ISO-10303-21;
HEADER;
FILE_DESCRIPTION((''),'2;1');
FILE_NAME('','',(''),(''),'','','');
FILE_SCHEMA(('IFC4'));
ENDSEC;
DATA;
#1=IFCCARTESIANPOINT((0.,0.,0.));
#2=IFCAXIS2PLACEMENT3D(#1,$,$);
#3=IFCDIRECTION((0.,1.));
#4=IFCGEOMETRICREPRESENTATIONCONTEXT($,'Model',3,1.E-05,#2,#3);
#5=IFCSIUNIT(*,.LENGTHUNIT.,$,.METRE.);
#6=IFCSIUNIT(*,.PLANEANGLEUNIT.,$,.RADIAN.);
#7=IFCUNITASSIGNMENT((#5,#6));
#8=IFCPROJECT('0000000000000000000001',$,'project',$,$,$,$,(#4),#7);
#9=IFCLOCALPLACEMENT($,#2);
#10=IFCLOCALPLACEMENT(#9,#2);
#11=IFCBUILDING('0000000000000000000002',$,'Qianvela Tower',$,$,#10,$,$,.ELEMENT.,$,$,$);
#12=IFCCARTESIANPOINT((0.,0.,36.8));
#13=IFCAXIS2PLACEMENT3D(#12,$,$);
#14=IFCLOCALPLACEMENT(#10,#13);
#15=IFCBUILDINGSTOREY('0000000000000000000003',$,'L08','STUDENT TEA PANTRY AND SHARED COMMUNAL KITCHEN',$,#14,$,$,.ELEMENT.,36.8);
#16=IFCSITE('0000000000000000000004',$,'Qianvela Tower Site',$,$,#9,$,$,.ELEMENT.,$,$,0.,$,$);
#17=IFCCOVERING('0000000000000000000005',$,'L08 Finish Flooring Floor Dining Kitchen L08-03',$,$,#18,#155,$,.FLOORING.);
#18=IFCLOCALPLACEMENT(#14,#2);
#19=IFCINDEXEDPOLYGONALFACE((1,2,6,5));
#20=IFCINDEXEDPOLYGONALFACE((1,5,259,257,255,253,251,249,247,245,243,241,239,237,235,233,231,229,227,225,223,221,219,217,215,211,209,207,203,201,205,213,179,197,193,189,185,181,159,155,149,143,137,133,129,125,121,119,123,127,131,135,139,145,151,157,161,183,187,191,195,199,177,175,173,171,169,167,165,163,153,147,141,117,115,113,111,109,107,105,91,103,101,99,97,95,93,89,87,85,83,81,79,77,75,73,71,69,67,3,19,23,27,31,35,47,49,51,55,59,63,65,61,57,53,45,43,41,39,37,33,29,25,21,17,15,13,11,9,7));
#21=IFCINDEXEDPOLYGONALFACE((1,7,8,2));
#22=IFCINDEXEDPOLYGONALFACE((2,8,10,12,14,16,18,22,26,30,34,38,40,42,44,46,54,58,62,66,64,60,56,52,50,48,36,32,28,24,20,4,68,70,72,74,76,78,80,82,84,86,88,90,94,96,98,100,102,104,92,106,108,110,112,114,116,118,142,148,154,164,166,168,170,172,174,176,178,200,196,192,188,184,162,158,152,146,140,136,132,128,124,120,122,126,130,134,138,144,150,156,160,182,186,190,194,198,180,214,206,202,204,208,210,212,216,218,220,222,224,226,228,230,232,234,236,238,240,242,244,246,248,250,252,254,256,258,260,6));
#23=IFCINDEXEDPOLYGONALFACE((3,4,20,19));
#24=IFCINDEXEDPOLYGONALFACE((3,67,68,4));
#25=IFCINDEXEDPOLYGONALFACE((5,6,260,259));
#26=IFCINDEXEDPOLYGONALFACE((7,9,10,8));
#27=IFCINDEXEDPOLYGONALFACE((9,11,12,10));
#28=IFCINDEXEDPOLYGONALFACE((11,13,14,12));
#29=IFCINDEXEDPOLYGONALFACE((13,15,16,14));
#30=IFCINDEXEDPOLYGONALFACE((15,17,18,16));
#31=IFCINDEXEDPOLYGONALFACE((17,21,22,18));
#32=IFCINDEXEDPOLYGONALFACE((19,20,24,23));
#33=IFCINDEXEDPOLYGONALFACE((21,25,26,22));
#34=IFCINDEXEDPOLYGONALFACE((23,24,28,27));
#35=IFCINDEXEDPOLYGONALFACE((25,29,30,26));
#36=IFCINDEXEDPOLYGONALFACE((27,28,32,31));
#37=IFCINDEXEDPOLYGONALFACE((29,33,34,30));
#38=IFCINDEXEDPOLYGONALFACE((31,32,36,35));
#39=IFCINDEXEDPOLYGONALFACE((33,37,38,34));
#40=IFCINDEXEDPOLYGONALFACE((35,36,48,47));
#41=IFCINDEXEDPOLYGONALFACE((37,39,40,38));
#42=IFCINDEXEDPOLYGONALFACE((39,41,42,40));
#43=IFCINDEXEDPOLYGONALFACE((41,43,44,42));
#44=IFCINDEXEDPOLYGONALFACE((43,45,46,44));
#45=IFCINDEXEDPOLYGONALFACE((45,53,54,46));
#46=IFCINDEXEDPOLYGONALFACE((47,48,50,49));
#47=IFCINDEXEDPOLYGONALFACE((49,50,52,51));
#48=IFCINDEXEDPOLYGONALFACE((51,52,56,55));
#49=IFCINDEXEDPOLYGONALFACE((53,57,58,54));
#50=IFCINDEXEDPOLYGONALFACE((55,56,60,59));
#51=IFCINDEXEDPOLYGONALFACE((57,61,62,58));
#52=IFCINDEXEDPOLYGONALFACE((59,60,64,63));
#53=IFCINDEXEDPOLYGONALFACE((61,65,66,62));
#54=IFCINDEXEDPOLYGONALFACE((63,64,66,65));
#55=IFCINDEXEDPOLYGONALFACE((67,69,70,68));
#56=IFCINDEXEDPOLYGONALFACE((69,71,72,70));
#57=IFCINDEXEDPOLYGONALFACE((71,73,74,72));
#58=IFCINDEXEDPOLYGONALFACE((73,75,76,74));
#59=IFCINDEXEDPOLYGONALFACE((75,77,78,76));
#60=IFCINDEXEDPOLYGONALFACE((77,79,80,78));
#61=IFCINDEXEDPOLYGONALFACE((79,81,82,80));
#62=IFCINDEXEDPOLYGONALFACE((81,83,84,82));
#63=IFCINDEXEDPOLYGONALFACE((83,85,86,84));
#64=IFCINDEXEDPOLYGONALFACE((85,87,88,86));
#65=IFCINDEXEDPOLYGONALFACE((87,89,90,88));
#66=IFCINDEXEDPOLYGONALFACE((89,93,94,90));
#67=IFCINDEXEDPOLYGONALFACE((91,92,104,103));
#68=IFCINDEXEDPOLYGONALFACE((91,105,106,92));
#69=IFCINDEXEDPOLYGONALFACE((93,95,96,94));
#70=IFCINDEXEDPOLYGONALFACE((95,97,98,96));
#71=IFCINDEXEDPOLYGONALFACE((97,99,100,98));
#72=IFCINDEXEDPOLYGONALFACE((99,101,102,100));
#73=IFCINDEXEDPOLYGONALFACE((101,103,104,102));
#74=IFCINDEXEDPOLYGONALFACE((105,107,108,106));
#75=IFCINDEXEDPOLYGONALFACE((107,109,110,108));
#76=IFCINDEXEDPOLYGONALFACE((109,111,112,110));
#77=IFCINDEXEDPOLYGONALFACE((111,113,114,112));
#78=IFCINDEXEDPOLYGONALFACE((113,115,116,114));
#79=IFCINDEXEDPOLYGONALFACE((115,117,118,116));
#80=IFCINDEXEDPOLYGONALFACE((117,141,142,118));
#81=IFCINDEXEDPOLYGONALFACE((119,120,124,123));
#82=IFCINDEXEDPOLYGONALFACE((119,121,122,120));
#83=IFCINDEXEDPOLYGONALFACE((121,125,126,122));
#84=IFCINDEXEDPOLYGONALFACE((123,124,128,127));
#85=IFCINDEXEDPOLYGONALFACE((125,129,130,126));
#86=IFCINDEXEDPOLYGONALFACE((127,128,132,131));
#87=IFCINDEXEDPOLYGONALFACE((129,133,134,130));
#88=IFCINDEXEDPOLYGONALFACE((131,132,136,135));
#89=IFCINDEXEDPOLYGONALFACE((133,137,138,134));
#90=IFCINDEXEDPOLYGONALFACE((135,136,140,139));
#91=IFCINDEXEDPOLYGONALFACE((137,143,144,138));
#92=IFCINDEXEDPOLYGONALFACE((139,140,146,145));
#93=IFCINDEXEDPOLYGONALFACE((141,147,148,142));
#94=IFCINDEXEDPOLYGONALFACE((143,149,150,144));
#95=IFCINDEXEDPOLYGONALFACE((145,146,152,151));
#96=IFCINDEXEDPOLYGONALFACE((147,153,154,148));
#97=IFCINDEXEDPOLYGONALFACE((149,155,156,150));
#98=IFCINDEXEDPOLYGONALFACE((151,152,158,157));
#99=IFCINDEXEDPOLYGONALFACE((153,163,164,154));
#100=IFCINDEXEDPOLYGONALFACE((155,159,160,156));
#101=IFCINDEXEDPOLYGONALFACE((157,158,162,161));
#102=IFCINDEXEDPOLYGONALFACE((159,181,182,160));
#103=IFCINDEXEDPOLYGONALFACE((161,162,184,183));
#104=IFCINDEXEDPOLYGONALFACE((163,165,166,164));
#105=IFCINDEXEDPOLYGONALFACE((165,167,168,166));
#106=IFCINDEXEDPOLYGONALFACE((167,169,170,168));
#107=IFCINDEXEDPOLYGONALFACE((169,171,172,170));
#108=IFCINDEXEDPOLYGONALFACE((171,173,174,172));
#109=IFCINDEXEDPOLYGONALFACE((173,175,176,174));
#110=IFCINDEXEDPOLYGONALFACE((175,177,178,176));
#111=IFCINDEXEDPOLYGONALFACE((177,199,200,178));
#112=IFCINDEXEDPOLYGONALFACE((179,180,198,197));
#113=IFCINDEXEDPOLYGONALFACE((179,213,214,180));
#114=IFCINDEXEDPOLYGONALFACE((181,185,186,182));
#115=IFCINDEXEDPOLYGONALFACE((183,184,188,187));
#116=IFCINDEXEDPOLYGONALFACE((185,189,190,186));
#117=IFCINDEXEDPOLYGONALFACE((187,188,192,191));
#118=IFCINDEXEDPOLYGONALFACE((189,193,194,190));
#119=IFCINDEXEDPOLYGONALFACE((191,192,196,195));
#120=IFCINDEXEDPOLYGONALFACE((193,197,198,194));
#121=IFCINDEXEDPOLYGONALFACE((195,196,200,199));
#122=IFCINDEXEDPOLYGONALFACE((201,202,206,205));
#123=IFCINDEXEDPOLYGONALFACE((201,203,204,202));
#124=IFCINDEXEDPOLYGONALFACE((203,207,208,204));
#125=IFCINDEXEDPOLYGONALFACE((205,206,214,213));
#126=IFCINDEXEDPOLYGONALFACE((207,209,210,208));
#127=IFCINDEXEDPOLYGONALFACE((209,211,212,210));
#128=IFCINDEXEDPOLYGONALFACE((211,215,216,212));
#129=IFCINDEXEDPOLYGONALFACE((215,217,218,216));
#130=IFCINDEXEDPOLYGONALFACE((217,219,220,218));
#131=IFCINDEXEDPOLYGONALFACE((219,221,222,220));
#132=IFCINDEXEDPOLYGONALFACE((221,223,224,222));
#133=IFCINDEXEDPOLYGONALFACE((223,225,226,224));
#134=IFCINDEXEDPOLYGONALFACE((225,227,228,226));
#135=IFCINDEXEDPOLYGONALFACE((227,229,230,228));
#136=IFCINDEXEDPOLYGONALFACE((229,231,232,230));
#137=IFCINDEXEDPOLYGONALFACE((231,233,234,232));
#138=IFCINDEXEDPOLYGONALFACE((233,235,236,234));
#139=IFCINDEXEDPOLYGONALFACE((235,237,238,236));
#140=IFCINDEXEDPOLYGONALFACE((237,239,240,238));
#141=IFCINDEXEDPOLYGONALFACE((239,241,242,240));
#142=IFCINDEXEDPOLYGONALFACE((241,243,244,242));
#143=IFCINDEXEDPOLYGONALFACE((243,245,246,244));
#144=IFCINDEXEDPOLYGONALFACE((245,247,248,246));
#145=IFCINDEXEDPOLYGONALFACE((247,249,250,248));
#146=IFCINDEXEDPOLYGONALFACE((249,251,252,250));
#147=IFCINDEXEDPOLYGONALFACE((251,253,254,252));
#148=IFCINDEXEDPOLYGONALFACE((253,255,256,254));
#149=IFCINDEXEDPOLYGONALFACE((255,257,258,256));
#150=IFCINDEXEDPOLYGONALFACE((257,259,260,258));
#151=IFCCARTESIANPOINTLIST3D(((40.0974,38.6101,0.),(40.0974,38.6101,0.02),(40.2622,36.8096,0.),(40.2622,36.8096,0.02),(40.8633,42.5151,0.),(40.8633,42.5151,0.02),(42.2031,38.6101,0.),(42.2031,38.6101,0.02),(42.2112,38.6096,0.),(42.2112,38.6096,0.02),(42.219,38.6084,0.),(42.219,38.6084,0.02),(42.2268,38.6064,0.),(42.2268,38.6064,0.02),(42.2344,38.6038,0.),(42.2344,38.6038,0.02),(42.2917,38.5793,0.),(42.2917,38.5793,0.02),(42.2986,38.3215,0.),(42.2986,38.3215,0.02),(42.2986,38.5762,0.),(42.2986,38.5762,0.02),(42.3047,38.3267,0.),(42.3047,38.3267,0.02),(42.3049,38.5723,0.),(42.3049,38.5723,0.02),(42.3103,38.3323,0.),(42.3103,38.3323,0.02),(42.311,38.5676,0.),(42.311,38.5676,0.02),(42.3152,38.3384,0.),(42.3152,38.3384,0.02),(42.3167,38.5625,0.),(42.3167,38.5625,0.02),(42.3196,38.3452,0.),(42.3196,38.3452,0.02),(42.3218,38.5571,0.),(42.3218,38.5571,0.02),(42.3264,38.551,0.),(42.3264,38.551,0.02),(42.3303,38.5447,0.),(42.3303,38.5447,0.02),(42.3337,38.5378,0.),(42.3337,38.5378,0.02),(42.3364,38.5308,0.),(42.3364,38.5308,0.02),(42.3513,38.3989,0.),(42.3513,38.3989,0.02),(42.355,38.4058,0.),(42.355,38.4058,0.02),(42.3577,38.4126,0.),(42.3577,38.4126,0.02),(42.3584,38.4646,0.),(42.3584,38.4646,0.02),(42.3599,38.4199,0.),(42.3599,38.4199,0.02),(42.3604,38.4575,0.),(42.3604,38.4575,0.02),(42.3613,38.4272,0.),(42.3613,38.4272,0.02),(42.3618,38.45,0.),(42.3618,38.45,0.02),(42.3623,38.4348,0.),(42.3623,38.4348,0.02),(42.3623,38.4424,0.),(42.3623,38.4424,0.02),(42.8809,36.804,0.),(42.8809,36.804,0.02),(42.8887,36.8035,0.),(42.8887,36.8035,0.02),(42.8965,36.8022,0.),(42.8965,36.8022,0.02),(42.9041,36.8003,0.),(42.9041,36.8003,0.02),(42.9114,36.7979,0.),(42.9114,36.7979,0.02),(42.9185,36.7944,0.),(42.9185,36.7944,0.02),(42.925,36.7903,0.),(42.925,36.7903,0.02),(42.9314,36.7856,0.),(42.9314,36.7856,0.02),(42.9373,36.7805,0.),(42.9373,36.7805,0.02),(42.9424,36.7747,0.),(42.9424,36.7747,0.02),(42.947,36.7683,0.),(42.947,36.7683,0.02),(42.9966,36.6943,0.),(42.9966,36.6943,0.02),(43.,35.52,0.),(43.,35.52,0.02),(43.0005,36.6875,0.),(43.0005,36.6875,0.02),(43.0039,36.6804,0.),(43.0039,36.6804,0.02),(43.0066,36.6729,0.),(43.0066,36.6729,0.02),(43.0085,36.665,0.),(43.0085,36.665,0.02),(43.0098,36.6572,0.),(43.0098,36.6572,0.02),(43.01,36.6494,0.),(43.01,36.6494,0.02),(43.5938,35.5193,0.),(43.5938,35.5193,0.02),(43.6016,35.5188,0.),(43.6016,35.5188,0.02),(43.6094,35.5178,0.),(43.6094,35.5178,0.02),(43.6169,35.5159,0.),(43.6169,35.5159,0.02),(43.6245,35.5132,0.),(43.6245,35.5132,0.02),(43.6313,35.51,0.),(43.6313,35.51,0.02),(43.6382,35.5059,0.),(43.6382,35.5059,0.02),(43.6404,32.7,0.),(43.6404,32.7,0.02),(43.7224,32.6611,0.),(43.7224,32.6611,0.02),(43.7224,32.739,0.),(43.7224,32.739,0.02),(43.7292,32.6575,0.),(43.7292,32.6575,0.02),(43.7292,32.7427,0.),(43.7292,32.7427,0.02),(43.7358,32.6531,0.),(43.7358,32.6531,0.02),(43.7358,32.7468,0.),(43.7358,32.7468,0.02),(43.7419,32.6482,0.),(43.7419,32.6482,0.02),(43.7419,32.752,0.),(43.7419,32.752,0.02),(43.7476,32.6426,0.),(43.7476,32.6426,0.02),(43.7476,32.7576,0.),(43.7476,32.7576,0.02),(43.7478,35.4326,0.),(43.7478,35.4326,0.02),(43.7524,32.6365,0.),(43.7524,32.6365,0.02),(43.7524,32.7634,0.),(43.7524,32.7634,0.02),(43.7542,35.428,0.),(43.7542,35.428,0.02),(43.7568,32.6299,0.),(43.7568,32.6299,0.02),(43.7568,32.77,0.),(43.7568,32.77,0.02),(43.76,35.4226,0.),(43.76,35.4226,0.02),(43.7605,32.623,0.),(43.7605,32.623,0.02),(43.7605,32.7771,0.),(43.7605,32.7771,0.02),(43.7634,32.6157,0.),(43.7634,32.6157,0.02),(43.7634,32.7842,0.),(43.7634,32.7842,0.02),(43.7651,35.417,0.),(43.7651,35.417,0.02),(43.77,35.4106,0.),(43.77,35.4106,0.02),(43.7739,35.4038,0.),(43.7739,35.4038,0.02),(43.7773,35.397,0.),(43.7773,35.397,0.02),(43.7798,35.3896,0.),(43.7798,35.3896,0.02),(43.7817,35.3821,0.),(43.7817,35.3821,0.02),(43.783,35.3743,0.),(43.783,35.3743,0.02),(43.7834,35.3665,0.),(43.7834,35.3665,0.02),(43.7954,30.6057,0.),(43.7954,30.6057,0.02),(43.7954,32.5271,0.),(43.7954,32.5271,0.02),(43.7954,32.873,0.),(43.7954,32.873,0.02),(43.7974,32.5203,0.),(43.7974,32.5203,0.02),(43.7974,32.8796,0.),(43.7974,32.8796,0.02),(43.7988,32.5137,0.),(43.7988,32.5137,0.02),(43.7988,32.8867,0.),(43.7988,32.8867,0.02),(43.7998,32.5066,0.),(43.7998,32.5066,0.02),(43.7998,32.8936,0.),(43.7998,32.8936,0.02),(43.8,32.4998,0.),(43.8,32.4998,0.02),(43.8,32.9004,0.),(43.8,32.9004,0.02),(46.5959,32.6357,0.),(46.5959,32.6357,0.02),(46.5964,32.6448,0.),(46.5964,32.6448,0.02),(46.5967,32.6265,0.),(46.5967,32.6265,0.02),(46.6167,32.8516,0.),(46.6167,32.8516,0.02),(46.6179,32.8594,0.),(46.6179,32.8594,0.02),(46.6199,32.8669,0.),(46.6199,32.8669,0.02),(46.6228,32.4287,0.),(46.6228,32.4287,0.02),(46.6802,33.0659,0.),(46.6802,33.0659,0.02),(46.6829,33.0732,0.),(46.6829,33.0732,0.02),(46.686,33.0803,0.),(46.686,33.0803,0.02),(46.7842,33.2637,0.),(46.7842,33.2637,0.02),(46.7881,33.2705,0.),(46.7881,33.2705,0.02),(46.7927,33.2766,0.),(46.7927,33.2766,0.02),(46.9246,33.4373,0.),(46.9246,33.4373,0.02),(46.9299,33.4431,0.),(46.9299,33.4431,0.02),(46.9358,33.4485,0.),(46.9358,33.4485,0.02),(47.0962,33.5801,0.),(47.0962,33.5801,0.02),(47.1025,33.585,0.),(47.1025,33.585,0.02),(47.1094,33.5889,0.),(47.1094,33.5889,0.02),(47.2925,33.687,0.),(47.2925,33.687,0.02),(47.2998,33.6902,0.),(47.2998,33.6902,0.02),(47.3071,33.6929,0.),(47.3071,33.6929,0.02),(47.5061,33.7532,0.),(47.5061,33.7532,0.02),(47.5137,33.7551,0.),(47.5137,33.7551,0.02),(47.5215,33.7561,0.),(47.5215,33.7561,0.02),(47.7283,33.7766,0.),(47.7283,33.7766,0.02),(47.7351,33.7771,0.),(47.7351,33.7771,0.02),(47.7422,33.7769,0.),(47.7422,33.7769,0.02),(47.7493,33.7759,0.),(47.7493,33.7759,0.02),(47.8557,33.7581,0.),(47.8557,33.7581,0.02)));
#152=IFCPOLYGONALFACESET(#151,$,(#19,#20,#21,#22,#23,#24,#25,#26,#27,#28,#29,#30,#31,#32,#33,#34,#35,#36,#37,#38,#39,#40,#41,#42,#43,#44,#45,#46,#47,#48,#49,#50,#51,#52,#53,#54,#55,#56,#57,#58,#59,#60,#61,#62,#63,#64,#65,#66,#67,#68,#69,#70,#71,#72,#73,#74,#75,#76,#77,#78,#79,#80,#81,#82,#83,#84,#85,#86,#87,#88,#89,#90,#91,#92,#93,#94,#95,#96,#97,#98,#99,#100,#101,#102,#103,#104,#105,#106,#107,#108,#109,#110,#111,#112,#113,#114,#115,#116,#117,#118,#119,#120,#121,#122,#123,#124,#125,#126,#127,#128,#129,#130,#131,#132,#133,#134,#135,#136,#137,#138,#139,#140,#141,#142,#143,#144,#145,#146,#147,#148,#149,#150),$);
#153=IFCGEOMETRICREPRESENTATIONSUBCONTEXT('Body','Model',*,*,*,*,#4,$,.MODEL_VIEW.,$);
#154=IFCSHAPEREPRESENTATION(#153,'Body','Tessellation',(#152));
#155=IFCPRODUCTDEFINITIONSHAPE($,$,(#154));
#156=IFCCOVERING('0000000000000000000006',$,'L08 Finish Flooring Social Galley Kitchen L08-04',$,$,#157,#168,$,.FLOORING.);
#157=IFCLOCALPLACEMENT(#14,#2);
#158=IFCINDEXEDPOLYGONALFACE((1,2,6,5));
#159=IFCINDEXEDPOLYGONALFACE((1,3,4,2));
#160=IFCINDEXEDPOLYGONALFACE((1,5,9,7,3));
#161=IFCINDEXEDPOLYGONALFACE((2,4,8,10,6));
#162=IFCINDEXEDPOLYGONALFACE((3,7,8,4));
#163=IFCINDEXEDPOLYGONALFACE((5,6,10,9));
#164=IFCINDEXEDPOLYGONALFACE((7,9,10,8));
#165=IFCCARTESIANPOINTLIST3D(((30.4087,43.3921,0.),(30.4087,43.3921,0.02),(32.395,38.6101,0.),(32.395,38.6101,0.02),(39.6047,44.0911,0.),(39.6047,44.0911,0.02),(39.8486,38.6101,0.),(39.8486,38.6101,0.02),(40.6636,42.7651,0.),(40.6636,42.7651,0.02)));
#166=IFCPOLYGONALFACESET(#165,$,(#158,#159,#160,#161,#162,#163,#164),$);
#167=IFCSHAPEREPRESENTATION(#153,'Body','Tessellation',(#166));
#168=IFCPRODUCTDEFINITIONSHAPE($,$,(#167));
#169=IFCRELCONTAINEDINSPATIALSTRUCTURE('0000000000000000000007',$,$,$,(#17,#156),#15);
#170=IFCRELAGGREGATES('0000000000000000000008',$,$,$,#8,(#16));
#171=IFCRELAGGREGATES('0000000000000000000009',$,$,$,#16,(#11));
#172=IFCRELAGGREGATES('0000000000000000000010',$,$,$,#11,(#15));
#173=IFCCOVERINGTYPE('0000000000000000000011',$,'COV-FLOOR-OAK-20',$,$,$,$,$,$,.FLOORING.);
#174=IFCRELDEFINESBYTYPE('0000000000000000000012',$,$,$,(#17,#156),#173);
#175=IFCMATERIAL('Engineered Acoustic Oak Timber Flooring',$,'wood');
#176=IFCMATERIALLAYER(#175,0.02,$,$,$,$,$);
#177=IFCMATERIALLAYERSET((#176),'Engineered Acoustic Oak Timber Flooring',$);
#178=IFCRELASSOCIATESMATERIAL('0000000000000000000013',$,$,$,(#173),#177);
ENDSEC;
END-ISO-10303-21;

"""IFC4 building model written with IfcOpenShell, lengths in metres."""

from ifc_helpers import new_model, si_unit, direction, frame, origin, place, context, subcontext, project, spatial, polyline, outline, extrude, material, layer, layer_set, type_object, element, save


model = new_model("IFC4")

# Units and contexts
model_context = context("Model", 3, precision=1e-05, world=origin(), true_north=direction((0.0, 1.0)))
body_context = subcontext(model_context, "Body", "Model", "MODEL_VIEW")
ifc_project = project(units=[si_unit("LENGTHUNIT", "METRE"), si_unit("PLANEANGLEUNIT", "RADIAN")], contexts=[model_context])

# Site, building, storey
site_placement = place(None, origin())
site = spatial("IfcSite", under=ifc_project, at=site_placement, Name="Qianvela Tower Site", CompositionType="ELEMENT", RefElevation=0.0)
building_placement = place(site_placement, origin())
building = spatial("IfcBuilding", under=site, at=building_placement, Name="Qianvela Tower", CompositionType="ELEMENT")
storey_placement = place(building_placement, frame((0.0, 0.0, 36.8)))
storey = spatial("IfcBuildingStorey", under=building, at=storey_placement, Name="L08", Description="STUDENT TEA PANTRY AND SHARED COMMUNAL KITCHEN", CompositionType="ELEMENT", Elevation=36.8)

# Coverings
ifc_material_1 = material(Name="Engineered Acoustic Oak Timber Flooring", Category="wood")
ifc_layer_1 = layer(ifc_material_1, 0.02)
ifc_layer_set_1 = layer_set([ifc_layer_1], Name="Engineered Acoustic Oak Timber Flooring")
covering_type_1 = type_object("IfcCoveringType", Name="COV-FLOOR-OAK-20", PredefinedType="FLOORING", material=ifc_layer_set_1)
covering_1_placement = place(storey_placement, origin())
element("IfcCovering", 1, at=covering_1_placement, inside=storey, type_object=covering_type_1, Name="L08 Finish Flooring Floor Dining Kitchen L08-03", PredefinedType="FLOORING", context=body_context, shape_type="SweptSolid", body=[
    extrude(outline(polyline([(43.6404, 32.7), (43.7224, 32.739), (43.7292, 32.7427), (43.7358, 32.7468), (43.7419, 32.752), (43.7476, 32.7576), (43.7524, 32.7634), (43.7568, 32.77), (43.7605, 32.7771), (43.7634, 32.7842), (43.7954, 32.873), (43.7974, 32.8796), (43.7988, 32.8867), (43.7998, 32.8936), (43.8, 32.9004), (43.7834, 35.3665), (43.783, 35.3743), (43.7817, 35.3821), (43.7798, 35.3896), (43.7773, 35.397), (43.7739, 35.4038), (43.77, 35.4106), (43.7651, 35.417), (43.76, 35.4226), (43.7542, 35.428), (43.7478, 35.4326), (43.6382, 35.5059), (43.6313, 35.51), (43.6245, 35.5132), (43.6169, 35.5159), (43.6094, 35.5178), (43.6016, 35.5188), (43.5938, 35.5193), (43.0, 35.52), (43.01, 36.6494), (43.0098, 36.6572), (43.0085, 36.665), (43.0066, 36.6729), (43.0039, 36.6804), (43.0005, 36.6875), (42.9966, 36.6943), (42.947, 36.7683), (42.9424, 36.7747), (42.9373, 36.7805), (42.9314, 36.7856), (42.925, 36.7903), (42.9185, 36.7944), (42.9114, 36.7979), (42.9041, 36.8003), (42.8965, 36.8022), (42.8887, 36.8035), (42.8809, 36.804), (40.2622, 36.8096), (42.2986, 38.3215), (42.3047, 38.3267), (42.3103, 38.3323), (42.3152, 38.3384), (42.3196, 38.3452), (42.3513, 38.3989), (42.355, 38.4058), (42.3577, 38.4126), (42.3599, 38.4199), (42.3613, 38.4272), (42.3623, 38.4348), (42.3623, 38.4424), (42.3618, 38.45), (42.3604, 38.4575), (42.3584, 38.4646), (42.3364, 38.5308), (42.3337, 38.5378), (42.3303, 38.5447), (42.3264, 38.551), (42.3218, 38.5571), (42.3167, 38.5625), (42.311, 38.5676), (42.3049, 38.5723), (42.2986, 38.5762), (42.2917, 38.5793), (42.2344, 38.6038), (42.2268, 38.6064), (42.219, 38.6084), (42.2112, 38.6096), (42.2031, 38.6101), (40.0974, 38.6101), (40.8633, 42.5151), (47.8557, 33.7581), (47.7493, 33.7759), (47.7422, 33.7769), (47.7351, 33.7771), (47.7283, 33.7766), (47.5215, 33.7561), (47.5137, 33.7551), (47.5061, 33.7532), (47.3071, 33.6929), (47.2998, 33.6902), (47.2925, 33.687), (47.1094, 33.5889), (47.1025, 33.585), (47.0962, 33.5801), (46.9358, 33.4485), (46.9299, 33.4431), (46.9246, 33.4373), (46.7927, 33.2766), (46.7881, 33.2705), (46.7842, 33.2637), (46.686, 33.0803), (46.6829, 33.0732), (46.6802, 33.0659), (46.6199, 32.8669), (46.6179, 32.8594), (46.6167, 32.8516), (46.5964, 32.6448), (46.5959, 32.6357), (46.5967, 32.6265), (46.6228, 32.4287), (43.7954, 30.6057), (43.8, 32.4998), (43.7998, 32.5066), (43.7988, 32.5137), (43.7974, 32.5203), (43.7954, 32.5271), (43.7634, 32.6157), (43.7605, 32.623), (43.7568, 32.6299), (43.7524, 32.6365), (43.7476, 32.6426), (43.7419, 32.6482), (43.7358, 32.6531), (43.7292, 32.6575), (43.7224, 32.6611), (43.6404, 32.7)])), origin(), (0.0, 0.0, 1.0), 0.02),
])
covering_2_placement = place(storey_placement, origin())
element("IfcCovering", 2, at=covering_2_placement, inside=storey, type_object=covering_type_1, Name="L08 Finish Flooring Social Galley Kitchen L08-04", PredefinedType="FLOORING", context=body_context, shape_type="SweptSolid", body=[
    extrude(outline(polyline([(30.4087, 43.3921), (39.6047, 44.0911), (40.6636, 42.7651), (39.8486, 38.6101), (32.395, 38.6101), (30.4087, 43.3921)])), origin(), (0.0, 0.0, 1.0), 0.02),
])

save(model, "model.ifc")
